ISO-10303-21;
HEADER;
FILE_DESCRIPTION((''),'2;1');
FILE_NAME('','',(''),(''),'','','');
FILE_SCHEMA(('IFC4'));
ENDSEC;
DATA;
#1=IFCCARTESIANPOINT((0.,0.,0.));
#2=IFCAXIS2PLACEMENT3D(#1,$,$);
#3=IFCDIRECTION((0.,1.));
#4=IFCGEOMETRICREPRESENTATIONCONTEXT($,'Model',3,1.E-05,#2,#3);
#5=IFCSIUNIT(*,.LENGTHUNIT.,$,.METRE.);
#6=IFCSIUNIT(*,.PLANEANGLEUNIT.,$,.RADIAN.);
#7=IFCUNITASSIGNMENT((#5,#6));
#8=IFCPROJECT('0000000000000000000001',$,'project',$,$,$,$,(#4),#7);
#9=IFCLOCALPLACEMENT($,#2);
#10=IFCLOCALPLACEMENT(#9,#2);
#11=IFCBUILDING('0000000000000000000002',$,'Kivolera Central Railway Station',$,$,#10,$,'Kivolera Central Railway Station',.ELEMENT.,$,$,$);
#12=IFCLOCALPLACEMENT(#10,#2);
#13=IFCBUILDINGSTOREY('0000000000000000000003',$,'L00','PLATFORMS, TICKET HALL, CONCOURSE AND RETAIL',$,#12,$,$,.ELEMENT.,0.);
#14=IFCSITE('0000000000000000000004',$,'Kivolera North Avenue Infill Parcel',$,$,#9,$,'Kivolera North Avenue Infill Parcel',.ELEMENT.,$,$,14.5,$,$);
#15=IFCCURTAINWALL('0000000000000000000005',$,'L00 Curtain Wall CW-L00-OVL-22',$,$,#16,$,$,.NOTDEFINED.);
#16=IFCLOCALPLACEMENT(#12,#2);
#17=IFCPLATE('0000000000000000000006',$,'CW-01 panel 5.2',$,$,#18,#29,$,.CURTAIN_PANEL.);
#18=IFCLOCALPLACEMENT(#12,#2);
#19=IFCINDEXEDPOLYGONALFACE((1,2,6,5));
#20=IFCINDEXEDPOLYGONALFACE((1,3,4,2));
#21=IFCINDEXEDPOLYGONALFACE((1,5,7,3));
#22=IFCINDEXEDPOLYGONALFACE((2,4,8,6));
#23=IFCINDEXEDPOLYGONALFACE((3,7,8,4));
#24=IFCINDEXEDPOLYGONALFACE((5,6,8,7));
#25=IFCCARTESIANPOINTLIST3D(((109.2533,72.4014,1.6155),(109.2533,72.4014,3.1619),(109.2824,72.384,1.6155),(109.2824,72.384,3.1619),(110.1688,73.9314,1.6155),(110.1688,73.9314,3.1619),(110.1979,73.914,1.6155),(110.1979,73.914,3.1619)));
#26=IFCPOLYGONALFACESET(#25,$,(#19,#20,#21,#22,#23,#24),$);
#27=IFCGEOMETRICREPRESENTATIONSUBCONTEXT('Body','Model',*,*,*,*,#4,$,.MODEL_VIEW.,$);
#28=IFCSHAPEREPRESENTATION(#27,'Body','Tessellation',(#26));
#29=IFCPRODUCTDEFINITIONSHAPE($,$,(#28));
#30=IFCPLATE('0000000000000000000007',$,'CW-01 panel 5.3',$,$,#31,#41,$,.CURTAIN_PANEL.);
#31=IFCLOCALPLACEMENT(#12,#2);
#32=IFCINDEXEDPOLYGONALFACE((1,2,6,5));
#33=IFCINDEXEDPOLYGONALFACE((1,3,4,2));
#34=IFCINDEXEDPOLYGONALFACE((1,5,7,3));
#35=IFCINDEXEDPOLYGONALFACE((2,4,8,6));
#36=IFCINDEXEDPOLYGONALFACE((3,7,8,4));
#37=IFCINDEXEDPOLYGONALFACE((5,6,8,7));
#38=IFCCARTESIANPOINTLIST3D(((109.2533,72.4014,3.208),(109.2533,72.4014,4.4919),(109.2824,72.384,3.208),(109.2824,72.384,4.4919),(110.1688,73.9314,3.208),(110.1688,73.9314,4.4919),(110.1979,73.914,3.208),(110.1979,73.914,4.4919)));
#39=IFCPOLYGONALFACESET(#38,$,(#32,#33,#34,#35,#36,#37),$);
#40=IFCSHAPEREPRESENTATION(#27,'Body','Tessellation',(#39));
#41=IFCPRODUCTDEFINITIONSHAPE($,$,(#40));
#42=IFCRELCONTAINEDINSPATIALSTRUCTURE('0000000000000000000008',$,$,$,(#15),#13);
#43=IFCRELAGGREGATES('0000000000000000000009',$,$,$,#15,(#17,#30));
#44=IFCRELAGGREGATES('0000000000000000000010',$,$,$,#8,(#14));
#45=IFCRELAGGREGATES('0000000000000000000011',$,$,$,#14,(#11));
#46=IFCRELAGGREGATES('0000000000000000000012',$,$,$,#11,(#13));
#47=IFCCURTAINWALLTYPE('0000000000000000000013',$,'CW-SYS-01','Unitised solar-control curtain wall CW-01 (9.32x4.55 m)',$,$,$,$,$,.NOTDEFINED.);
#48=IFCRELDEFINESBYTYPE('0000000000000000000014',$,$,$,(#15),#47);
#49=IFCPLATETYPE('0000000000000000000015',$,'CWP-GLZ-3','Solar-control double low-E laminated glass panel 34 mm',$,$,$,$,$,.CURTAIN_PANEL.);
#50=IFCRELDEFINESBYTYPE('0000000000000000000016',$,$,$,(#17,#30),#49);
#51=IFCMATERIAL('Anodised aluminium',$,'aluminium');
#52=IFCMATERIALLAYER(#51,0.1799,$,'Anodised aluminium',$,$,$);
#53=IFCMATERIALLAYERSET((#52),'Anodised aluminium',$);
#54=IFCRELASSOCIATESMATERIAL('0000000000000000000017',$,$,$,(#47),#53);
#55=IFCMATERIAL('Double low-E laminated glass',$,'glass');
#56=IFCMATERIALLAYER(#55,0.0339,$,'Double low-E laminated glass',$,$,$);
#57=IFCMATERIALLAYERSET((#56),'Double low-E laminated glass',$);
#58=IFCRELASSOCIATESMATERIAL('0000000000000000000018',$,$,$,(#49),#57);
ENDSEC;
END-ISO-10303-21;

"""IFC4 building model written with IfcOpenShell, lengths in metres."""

from ifc_helpers import new_model, si_unit, direction, frame, origin, origin_2d, place, context, subcontext, project, spatial, rectangle, extrude, material, layer, layer_set, type_object, element, aggregate, save


model = new_model("IFC4")

# Units and contexts
model_context = context("Model", 3, precision=1e-05, world=origin(), true_north=direction((0.0, 1.0)))
body_context = subcontext(model_context, "Body", "Model", "MODEL_VIEW")
ifc_project = project(units=[si_unit("LENGTHUNIT", "METRE"), si_unit("PLANEANGLEUNIT", "RADIAN")], contexts=[model_context])

# Site, building, storey
site_placement = place(None, origin())
site = spatial("IfcSite", under=ifc_project, at=site_placement, Name="Kivolera North Avenue Infill Parcel", LongName="Kivolera North Avenue Infill Parcel", CompositionType="ELEMENT", RefElevation=14.5)
building_placement = place(site_placement, origin())
building = spatial("IfcBuilding", under=site, at=building_placement, Name="Kivolera Central Railway Station", LongName="Kivolera Central Railway Station", CompositionType="ELEMENT")
storey_placement = place(building_placement, origin())
storey = spatial("IfcBuildingStorey", under=building, at=storey_placement, Name="L00", Description="PLATFORMS, TICKET HALL, CONCOURSE AND RETAIL", CompositionType="ELEMENT", Elevation=0.0)

# Curtain wall
ifc_material_1 = material(Name="Anodised aluminium", Category="aluminium")
ifc_layer_1 = layer(ifc_material_1, 0.1799, Name="Anodised aluminium")
ifc_layer_set_1 = layer_set([ifc_layer_1], Name="Anodised aluminium")
curtain_wall_type_1 = type_object("IfcCurtainWallType", Name="CW-SYS-01", Description="Unitised solar-control curtain wall CW-01 (9.32x4.55 m)", PredefinedType="NOTDEFINED", material=ifc_layer_set_1)
curtain_wall_1_placement = place(storey_placement, origin())
curtain_wall_1 = element("IfcCurtainWall", 1, at=curtain_wall_1_placement, inside=storey, type_object=curtain_wall_type_1, Name="L00 Curtain Wall CW-L00-OVL-22", PredefinedType="NOTDEFINED")

# Plates
ifc_material_2 = material(Name="Double low-E laminated glass", Category="glass")
ifc_layer_2 = layer(ifc_material_2, 0.0339, Name="Double low-E laminated glass")
ifc_layer_set_2 = layer_set([ifc_layer_2], Name="Double low-E laminated glass")
plate_type_1 = type_object("IfcPlateType", Name="CWP-GLZ-3", Description="Solar-control double low-E laminated glass panel 34 mm", PredefinedType="CURTAIN_PANEL", material=ifc_layer_set_2)
plate_1_placement = place(storey_placement, frame((109.7256, 73.1577, 1.6155), z_axis=(0.0, 0.0, 1.0), x_axis=(-0.513454, -0.858117, 0.0)))
plate_1 = element("IfcPlate", 2, at=plate_1_placement, type_object=plate_type_1, Name="CW-01 panel 5.2", PredefinedType="CURTAIN_PANEL", context=body_context, shape_type="SweptSolid", body=[
    extrude(rectangle(XDim=1.783, YDim=0.0339, at=origin_2d()), origin(), (0.0, 0.0, 1.0), 1.5464),
])
plate_2_placement = place(storey_placement, frame((109.7256, 73.1577, 3.208), z_axis=(0.0, 0.0, 1.0), x_axis=(-0.513454, -0.858117, 0.0)))
plate_2 = element("IfcPlate", 3, at=plate_2_placement, type_object=plate_type_1, Name="CW-01 panel 5.3", PredefinedType="CURTAIN_PANEL", context=body_context, shape_type="SweptSolid", body=[
    extrude(rectangle(XDim=1.783, YDim=0.0339, at=origin_2d()), origin(), (0.0, 0.0, 1.0), 1.2839),
])
aggregate(curtain_wall_1, [plate_1, plate_2])

save(model, "model.ifc")
